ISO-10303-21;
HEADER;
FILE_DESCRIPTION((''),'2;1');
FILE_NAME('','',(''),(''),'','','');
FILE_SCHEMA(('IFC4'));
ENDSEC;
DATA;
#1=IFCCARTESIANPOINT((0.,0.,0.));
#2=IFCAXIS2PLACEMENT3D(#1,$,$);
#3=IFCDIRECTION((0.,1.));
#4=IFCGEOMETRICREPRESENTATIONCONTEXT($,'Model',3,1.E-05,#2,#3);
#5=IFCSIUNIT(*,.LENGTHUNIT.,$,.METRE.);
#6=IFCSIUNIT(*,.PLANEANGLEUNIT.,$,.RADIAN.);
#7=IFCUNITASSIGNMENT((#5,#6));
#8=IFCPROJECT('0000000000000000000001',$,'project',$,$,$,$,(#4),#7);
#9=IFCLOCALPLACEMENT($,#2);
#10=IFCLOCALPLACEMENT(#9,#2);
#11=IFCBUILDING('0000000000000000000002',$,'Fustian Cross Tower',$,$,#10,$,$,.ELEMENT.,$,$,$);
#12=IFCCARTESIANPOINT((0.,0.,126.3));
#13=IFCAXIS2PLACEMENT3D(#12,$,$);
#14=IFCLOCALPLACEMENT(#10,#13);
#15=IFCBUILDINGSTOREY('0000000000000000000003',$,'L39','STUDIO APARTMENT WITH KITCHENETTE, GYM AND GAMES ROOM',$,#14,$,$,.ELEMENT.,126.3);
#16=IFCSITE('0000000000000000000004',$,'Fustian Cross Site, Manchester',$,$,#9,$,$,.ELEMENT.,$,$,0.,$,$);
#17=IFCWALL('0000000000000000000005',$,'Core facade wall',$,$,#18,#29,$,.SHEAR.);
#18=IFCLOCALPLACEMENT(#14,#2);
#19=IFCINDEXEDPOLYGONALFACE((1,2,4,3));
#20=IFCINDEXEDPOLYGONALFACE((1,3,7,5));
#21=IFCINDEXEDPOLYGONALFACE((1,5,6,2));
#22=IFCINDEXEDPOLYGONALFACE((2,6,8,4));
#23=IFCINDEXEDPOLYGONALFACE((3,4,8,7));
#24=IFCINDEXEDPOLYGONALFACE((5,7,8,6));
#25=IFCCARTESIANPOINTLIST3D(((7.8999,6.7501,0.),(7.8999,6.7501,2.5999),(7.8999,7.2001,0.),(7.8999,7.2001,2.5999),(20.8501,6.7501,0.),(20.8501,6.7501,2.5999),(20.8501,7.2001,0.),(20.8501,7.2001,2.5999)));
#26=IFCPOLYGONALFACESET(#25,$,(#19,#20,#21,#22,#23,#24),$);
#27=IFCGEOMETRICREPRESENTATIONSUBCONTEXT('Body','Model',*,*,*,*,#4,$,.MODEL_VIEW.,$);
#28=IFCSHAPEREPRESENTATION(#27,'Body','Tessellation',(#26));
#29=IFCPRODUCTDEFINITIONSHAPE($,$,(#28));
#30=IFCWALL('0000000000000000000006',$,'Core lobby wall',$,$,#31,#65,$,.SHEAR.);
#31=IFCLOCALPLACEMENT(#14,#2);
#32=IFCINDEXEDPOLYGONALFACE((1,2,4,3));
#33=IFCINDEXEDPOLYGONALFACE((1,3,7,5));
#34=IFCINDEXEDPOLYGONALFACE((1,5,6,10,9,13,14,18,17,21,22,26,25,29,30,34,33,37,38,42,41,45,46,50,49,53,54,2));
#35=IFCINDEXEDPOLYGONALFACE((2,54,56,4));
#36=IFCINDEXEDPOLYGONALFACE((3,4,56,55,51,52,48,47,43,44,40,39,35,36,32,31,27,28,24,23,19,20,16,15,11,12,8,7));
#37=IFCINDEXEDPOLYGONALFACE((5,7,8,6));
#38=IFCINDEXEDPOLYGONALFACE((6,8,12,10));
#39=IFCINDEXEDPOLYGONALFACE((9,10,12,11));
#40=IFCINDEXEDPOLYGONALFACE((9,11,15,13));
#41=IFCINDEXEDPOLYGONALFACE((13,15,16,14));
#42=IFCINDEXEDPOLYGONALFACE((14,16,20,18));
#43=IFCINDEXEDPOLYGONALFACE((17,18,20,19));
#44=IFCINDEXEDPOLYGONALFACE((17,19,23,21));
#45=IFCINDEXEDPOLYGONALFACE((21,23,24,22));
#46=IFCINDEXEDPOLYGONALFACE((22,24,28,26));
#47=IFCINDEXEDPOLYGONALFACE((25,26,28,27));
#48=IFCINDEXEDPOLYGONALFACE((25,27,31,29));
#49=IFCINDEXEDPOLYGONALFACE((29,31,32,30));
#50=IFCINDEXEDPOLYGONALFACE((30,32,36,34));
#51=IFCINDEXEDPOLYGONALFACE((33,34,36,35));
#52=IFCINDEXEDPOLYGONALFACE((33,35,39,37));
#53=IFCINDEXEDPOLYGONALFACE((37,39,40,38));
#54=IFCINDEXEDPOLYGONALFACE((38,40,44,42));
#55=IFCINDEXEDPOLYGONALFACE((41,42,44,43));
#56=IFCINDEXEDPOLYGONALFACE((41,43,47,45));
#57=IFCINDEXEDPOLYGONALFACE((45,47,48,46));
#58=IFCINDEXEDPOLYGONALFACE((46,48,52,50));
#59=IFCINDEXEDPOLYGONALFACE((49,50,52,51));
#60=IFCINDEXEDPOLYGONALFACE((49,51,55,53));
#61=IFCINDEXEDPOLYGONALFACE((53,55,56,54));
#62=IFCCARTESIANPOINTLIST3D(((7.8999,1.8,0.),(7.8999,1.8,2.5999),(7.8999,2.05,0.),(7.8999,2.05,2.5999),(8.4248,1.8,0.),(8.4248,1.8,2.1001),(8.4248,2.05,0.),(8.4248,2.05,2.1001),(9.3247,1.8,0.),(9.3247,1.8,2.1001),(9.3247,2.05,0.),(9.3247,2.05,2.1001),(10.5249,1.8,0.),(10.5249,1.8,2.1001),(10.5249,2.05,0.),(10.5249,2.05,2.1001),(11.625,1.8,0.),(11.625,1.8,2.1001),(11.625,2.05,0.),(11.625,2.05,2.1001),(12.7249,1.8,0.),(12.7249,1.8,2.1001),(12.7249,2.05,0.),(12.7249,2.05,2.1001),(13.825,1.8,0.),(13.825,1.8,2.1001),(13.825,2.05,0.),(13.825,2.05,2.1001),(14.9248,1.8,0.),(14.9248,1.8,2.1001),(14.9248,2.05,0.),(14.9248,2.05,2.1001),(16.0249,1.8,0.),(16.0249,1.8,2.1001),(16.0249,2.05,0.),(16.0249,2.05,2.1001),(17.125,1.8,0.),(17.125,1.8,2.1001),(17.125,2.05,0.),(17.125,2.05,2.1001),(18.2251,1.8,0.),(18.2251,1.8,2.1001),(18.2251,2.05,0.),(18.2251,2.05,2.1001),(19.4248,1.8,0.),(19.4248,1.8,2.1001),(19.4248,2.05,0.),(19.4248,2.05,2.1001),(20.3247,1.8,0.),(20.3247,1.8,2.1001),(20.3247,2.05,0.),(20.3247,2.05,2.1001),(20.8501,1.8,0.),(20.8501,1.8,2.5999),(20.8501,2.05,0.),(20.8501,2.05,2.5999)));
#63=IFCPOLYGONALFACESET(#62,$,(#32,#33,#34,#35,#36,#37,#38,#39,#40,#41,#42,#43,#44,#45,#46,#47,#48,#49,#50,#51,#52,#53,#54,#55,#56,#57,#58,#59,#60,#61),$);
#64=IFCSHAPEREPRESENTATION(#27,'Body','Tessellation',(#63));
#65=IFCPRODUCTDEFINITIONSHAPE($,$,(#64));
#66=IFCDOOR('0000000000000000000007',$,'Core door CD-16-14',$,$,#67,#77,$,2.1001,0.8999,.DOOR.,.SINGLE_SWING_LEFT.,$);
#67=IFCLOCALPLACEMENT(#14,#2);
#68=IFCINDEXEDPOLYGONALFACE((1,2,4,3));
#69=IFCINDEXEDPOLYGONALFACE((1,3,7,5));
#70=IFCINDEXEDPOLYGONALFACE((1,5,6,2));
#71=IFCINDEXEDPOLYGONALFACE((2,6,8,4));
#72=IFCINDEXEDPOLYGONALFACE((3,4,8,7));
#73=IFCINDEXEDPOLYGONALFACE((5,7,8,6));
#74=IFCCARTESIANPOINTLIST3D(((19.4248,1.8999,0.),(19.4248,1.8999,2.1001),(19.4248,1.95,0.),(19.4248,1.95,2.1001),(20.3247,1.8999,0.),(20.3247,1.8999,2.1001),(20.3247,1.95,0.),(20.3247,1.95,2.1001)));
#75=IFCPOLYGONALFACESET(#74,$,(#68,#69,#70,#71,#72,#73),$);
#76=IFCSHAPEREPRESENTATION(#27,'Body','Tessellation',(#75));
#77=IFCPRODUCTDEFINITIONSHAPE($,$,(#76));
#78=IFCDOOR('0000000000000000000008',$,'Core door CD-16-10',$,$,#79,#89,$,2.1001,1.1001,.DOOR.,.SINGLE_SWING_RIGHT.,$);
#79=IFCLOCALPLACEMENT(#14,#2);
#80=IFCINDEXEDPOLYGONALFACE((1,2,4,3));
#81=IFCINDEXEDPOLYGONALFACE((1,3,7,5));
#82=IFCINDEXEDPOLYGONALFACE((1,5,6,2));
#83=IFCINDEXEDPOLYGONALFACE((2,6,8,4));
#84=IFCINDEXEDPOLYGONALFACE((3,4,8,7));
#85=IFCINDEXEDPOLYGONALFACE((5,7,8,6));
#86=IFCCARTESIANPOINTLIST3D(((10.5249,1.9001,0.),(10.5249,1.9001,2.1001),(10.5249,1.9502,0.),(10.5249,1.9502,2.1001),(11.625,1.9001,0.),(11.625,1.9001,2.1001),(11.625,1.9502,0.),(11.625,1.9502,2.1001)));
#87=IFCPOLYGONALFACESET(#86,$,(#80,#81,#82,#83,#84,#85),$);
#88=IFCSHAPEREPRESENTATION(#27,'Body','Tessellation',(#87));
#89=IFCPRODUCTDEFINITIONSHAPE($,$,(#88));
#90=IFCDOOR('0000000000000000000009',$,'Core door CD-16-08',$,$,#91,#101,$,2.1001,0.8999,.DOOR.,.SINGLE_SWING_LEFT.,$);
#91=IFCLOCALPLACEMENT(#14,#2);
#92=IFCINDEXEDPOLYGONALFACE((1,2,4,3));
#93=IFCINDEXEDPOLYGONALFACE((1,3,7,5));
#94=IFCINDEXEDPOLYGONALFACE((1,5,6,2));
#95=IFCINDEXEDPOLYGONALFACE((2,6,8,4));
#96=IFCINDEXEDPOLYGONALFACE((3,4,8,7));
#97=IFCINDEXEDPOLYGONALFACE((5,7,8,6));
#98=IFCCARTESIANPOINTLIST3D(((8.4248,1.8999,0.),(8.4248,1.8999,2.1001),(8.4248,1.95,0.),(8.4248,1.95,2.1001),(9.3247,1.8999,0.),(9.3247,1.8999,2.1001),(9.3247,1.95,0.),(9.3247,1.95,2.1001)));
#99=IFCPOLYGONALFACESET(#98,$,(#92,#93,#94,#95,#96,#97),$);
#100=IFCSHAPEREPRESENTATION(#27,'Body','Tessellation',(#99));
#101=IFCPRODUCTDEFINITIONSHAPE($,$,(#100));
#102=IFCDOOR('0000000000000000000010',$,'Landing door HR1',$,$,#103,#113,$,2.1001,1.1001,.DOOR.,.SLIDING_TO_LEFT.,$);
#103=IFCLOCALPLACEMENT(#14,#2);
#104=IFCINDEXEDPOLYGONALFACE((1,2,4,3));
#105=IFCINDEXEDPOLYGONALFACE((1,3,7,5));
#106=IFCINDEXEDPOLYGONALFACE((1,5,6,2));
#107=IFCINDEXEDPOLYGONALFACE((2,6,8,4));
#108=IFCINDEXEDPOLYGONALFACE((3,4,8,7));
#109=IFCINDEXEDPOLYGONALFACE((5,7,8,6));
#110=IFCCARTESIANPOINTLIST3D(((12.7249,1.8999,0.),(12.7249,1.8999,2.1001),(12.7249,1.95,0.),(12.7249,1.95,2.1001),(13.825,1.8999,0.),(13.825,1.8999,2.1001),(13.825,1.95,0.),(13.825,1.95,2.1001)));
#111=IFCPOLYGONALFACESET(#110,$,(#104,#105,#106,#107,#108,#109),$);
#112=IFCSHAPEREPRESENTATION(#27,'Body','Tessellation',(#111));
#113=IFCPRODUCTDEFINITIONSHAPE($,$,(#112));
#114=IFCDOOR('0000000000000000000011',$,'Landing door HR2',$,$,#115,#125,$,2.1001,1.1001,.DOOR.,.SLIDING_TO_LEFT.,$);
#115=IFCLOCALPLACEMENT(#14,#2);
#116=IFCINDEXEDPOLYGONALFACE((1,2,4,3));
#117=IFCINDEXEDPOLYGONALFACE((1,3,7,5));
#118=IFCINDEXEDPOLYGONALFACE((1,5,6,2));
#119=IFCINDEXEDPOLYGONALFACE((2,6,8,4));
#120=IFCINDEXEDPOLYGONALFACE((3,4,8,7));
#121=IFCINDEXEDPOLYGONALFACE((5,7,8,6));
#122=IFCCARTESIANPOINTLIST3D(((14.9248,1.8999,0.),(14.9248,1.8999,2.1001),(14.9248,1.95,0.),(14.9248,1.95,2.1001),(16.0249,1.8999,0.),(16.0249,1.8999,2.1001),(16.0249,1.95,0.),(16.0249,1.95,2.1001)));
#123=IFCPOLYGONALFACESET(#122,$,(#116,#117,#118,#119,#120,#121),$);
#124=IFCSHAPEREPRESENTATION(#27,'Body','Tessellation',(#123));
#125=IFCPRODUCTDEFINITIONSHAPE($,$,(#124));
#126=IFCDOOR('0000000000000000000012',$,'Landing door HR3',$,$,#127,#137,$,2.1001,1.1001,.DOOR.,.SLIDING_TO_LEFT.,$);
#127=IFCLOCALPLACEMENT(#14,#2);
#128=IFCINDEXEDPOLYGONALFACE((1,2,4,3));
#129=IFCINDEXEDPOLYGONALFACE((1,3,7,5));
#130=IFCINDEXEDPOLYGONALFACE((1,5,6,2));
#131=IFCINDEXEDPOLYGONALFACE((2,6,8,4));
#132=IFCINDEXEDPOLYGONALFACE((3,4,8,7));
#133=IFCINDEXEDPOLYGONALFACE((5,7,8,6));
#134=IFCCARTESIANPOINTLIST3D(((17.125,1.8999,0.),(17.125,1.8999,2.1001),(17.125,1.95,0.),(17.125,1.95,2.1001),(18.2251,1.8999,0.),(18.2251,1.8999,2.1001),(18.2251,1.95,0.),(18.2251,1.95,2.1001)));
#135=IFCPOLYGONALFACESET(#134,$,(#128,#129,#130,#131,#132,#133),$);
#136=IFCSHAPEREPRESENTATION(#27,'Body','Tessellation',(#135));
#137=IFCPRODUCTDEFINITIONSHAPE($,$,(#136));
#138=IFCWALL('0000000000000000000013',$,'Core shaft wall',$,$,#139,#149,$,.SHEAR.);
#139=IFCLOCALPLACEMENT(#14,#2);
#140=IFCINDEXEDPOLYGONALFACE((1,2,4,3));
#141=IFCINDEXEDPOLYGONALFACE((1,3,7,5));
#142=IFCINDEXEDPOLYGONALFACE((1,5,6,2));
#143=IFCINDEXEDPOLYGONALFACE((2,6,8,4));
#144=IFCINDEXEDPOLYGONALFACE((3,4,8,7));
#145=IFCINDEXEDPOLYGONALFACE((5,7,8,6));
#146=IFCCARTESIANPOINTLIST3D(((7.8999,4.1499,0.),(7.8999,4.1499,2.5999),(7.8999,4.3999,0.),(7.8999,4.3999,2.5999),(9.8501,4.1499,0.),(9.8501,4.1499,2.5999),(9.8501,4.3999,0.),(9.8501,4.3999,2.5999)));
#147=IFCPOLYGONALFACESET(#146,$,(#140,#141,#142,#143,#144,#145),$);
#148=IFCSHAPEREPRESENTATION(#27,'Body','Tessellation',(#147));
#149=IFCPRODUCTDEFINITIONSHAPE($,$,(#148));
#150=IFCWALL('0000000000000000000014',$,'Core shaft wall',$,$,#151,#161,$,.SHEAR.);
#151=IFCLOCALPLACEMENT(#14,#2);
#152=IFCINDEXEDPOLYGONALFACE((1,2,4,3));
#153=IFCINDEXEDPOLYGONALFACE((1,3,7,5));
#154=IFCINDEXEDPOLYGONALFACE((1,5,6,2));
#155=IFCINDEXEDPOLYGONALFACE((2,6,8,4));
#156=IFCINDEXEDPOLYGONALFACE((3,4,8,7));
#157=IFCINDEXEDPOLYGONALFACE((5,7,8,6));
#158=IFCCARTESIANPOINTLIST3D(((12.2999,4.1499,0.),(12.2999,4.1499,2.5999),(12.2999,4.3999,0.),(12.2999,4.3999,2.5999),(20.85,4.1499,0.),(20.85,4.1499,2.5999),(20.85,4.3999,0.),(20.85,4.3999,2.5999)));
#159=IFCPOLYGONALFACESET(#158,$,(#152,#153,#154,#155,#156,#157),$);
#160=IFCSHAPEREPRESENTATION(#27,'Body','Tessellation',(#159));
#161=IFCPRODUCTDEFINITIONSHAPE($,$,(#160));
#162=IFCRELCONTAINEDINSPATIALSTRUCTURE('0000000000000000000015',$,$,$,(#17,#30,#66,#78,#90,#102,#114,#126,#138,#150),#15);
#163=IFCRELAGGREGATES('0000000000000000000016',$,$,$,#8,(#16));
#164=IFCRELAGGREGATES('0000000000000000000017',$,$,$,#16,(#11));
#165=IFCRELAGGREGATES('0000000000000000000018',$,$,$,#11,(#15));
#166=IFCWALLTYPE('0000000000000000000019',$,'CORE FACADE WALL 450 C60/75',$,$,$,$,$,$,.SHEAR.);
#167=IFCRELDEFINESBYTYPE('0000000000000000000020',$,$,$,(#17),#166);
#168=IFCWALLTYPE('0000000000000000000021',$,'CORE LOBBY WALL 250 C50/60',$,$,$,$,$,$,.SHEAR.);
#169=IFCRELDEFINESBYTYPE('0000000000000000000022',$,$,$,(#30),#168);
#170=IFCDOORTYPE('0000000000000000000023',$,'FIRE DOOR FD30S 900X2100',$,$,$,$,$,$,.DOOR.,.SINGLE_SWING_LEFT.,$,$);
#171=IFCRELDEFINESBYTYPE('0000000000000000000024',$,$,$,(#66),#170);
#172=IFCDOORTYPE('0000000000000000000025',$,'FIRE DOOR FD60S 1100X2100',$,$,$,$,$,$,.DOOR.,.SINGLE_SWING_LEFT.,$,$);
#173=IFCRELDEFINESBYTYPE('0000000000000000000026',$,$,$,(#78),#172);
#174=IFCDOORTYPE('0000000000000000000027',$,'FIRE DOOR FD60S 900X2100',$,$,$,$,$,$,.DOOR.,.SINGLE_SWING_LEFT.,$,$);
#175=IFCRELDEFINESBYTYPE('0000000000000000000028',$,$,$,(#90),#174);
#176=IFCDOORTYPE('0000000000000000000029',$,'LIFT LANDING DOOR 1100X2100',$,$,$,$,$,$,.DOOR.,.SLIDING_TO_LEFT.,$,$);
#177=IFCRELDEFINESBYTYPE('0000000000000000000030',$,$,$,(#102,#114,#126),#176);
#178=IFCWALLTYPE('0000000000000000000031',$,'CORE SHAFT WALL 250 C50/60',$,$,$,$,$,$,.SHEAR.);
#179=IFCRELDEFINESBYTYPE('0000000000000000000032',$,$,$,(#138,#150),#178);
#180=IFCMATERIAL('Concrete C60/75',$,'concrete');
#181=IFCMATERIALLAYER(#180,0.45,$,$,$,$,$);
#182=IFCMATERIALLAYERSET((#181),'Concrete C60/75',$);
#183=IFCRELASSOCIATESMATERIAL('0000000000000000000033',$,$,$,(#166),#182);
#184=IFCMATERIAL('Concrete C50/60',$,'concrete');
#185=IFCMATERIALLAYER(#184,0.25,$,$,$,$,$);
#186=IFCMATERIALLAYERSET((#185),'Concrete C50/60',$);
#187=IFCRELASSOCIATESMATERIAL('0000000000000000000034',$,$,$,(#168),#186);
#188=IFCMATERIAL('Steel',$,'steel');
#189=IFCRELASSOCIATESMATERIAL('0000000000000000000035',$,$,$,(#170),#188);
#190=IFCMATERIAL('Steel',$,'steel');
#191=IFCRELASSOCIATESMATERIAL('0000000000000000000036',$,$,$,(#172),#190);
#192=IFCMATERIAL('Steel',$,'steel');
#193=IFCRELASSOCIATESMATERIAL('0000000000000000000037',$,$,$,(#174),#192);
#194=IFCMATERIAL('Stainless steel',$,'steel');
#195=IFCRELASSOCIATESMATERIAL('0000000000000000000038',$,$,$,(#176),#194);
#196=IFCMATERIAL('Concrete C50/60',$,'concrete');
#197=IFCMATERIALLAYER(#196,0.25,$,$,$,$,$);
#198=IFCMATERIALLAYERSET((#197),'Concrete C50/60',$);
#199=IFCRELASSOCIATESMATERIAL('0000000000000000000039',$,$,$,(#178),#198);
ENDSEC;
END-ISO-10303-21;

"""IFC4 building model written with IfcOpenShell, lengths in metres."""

from ifc_helpers import new_model, si_unit, direction, frame, frame_2d, origin, place, context, subcontext, project, spatial, rectangle, extrude, material, layer, layer_set, type_object, element, fill, save


model = new_model("IFC4")

# Units and contexts
model_context = context("Model", 3, precision=1e-05, world=origin(), true_north=direction((0.0, 1.0)))
body_context = subcontext(model_context, "Body", "Model", "MODEL_VIEW")
ifc_project = project(units=[si_unit("LENGTHUNIT", "METRE"), si_unit("PLANEANGLEUNIT", "RADIAN")], contexts=[model_context])

# Site, building, storey
site_placement = place(None, origin())
site = spatial("IfcSite", under=ifc_project, at=site_placement, Name="Fustian Cross Site, Manchester", CompositionType="ELEMENT", RefElevation=0.0)
building_placement = place(site_placement, origin())
building = spatial("IfcBuilding", under=site, at=building_placement, Name="Fustian Cross Tower", CompositionType="ELEMENT")
storey_placement = place(building_placement, frame((0.0, 0.0, 126.3)))
storey = spatial("IfcBuildingStorey", under=building, at=storey_placement, Name="L39", Description="STUDIO APARTMENT WITH KITCHENETTE, GYM AND GAMES ROOM", CompositionType="ELEMENT", Elevation=126.3)

# Wall
ifc_material_1 = material(Name="Concrete C60/75", Category="concrete")
ifc_layer_1 = layer(ifc_material_1, 0.45)
ifc_layer_set_1 = layer_set([ifc_layer_1], Name="Concrete C60/75")
wall_type_1 = type_object("IfcWallType", Name="CORE FACADE WALL 450 C60/75", PredefinedType="SHEAR", material=ifc_layer_set_1)
wall_1_placement = place(storey_placement, frame((7.8999, 6.9751, 0.0), z_axis=(0.0, 0.0, 1.0), x_axis=(1.0, 0.0, 0.0)))
element("IfcWall", 1, at=wall_1_placement, inside=storey, type_object=wall_type_1, Name="Core facade wall", PredefinedType="SHEAR", context=body_context, shape_type="SweptSolid", body=[
    extrude(rectangle(XDim=12.9502, YDim=0.45, at=frame_2d((6.4751, 0.0))), origin(), (0.0, 0.0, 1.0), 2.5999),
])

# Wall, openings, doors
ifc_material_2 = material(Name="Concrete C50/60", Category="concrete")
ifc_layer_2 = layer(ifc_material_2, 0.25)
ifc_layer_set_2 = layer_set([ifc_layer_2], Name="Concrete C50/60")
wall_type_2 = type_object("IfcWallType", Name="CORE LOBBY WALL 250 C50/60", PredefinedType="SHEAR", material=ifc_layer_set_2)
wall_2_placement = place(storey_placement, frame((7.8999, 1.925, 0.0), z_axis=(0.0, 0.0, 1.0), x_axis=(1.0, 0.0, 0.0)))
wall_2 = element("IfcWall", 2, at=wall_2_placement, inside=storey, type_object=wall_type_2, Name="Core lobby wall", PredefinedType="SHEAR", context=body_context, shape_type="SweptSolid", body=[
    extrude(rectangle(XDim=12.9502, YDim=0.25, at=frame_2d((6.4751, 0.0))), origin(), (0.0, 0.0, 1.0), 2.5999),
])
opening_1_placement = place(wall_2_placement, frame((4.825, 0.0, 0.0)))
opening_1 = element("IfcOpeningElement", 3, at=opening_1_placement, cuts=wall_2, PredefinedType="OPENING", context=body_context, shape_type="SweptSolid", body=[
    extrude(rectangle(XDim=1.1001, YDim=2.1001, at=frame_2d((0.55, 1.05))), frame((0.0, 0.135, 0.0), z_axis=(0.0, -1.0, 0.0), x_axis=(1.0, 0.0, 0.0)), (0.0, 0.0, 1.0), 0.27),
])
opening_2_placement = place(wall_2_placement, frame((7.0249, 0.0, 0.0)))
opening_2 = element("IfcOpeningElement", 4, at=opening_2_placement, cuts=wall_2, PredefinedType="OPENING", context=body_context, shape_type="SweptSolid", body=[
    extrude(rectangle(XDim=1.1001, YDim=2.1001, at=frame_2d((0.55, 1.05))), frame((0.0, 0.135, 0.0), z_axis=(0.0, -1.0, 0.0), x_axis=(1.0, 0.0, 0.0)), (0.0, 0.0, 1.0), 0.27),
])
opening_3_placement = place(wall_2_placement, frame((9.2251, 0.0, 0.0)))
opening_3 = element("IfcOpeningElement", 5, at=opening_3_placement, cuts=wall_2, PredefinedType="OPENING", context=body_context, shape_type="SweptSolid", body=[
    extrude(rectangle(XDim=1.1001, YDim=2.1001, at=frame_2d((0.55, 1.05))), frame((0.0, 0.135, 0.0), z_axis=(0.0, -1.0, 0.0), x_axis=(1.0, 0.0, 0.0)), (0.0, 0.0, 1.0), 0.27),
])
opening_4_placement = place(wall_2_placement, frame((0.5249, 0.0, 0.0)))
opening_4 = element("IfcOpeningElement", 6, at=opening_4_placement, cuts=wall_2, PredefinedType="OPENING", context=body_context, shape_type="SweptSolid", body=[
    extrude(rectangle(XDim=0.8999, YDim=2.1001, at=frame_2d((0.45, 1.05))), frame((0.0, 0.135, 0.0), z_axis=(0.0, -1.0, 0.0), x_axis=(1.0, 0.0, 0.0)), (0.0, 0.0, 1.0), 0.27),
])
opening_5_placement = place(wall_2_placement, frame((2.625, 0.0, 0.0)))
opening_5 = element("IfcOpeningElement", 7, at=opening_5_placement, cuts=wall_2, PredefinedType="OPENING", context=body_context, shape_type="SweptSolid", body=[
    extrude(rectangle(XDim=1.1001, YDim=2.1001, at=frame_2d((0.55, 1.05))), frame((0.0, 0.135, 0.0), z_axis=(0.0, -1.0, 0.0), x_axis=(1.0, 0.0, 0.0)), (0.0, 0.0, 1.0), 0.27),
])
opening_6_placement = place(wall_2_placement, frame((11.5249, 0.0, 0.0)))
opening_6 = element("IfcOpeningElement", 8, at=opening_6_placement, cuts=wall_2, PredefinedType="OPENING", context=body_context, shape_type="SweptSolid", body=[
    extrude(rectangle(XDim=0.8999, YDim=2.1001, at=frame_2d((0.45, 1.05))), frame((0.0, 0.135, 0.0), z_axis=(0.0, -1.0, 0.0), x_axis=(1.0, 0.0, 0.0)), (0.0, 0.0, 1.0), 0.27),
])
ifc_material_3 = material(Name="Steel", Category="steel")
door_type_1 = type_object("IfcDoorType", Name="FIRE DOOR FD30S 900X2100", OperationType="SINGLE_SWING_LEFT", PredefinedType="DOOR", material=ifc_material_3)
door_1_placement = place(opening_6_placement, origin())
door_1 = element("IfcDoor", 9, at=door_1_placement, inside=storey, type_object=door_type_1, Name="Core door CD-16-14", OperationType="SINGLE_SWING_LEFT", OverallHeight=2.1001, OverallWidth=0.8999, PredefinedType="DOOR", context=body_context, shape_type="SweptSolid", body=[
    extrude(rectangle(XDim=0.8999, YDim=2.1001, at=frame_2d((0.45, 1.05))), frame((0.0, 0.0249, 0.0), z_axis=(0.0, -1.0, 0.0), x_axis=(1.0, 0.0, 0.0)), (0.0, 0.0, 1.0), 0.05),
])
fill(opening_6, door_1)
ifc_material_4 = material(Name="Steel", Category="steel")
door_type_2 = type_object("IfcDoorType", Name="FIRE DOOR FD60S 1100X2100", OperationType="SINGLE_SWING_LEFT", PredefinedType="DOOR", material=ifc_material_4)
door_2_placement = place(opening_5_placement, frame((1.1001, 0.0, 0.0), z_axis=(0.0, 0.0, 1.0), x_axis=(-1.0, 0.0, 0.0)))
door_2 = element("IfcDoor", 10, at=door_2_placement, inside=storey, type_object=door_type_2, Name="Core door CD-16-10", OperationType="SINGLE_SWING_RIGHT", OverallHeight=2.1001, OverallWidth=1.1001, PredefinedType="DOOR", context=body_context, shape_type="SweptSolid", body=[
    extrude(rectangle(XDim=1.1001, YDim=2.1001, at=frame_2d((0.55, 1.05))), frame((0.0, 0.0249, 0.0), z_axis=(0.0, -1.0, 0.0), x_axis=(1.0, 0.0, 0.0)), (0.0, 0.0, 1.0), 0.05),
])
fill(opening_5, door_2)
ifc_material_5 = material(Name="Steel", Category="steel")
door_type_3 = type_object("IfcDoorType", Name="FIRE DOOR FD60S 900X2100", OperationType="SINGLE_SWING_LEFT", PredefinedType="DOOR", material=ifc_material_5)
door_3_placement = place(opening_4_placement, origin())
door_3 = element("IfcDoor", 11, at=door_3_placement, inside=storey, type_object=door_type_3, Name="Core door CD-16-08", OperationType="SINGLE_SWING_LEFT", OverallHeight=2.1001, OverallWidth=0.8999, PredefinedType="DOOR", context=body_context, shape_type="SweptSolid", body=[
    extrude(rectangle(XDim=0.8999, YDim=2.1001, at=frame_2d((0.45, 1.05))), frame((0.0, 0.0249, 0.0), z_axis=(0.0, -1.0, 0.0), x_axis=(1.0, 0.0, 0.0)), (0.0, 0.0, 1.0), 0.05),
])
fill(opening_4, door_3)
ifc_material_6 = material(Name="Stainless steel", Category="steel")
door_type_4 = type_object("IfcDoorType", Name="LIFT LANDING DOOR 1100X2100", OperationType="SLIDING_TO_LEFT", PredefinedType="DOOR", material=ifc_material_6)
door_4_placement = place(opening_1_placement, origin())
door_4 = element("IfcDoor", 12, at=door_4_placement, inside=storey, type_object=door_type_4, Name="Landing door HR1", OperationType="SLIDING_TO_LEFT", OverallHeight=2.1001, OverallWidth=1.1001, PredefinedType="DOOR", context=body_context, shape_type="SweptSolid", body=[
    extrude(rectangle(XDim=1.1001, YDim=2.1001, at=frame_2d((0.55, 1.05))), frame((0.0, 0.0249, 0.0), z_axis=(0.0, -1.0, 0.0), x_axis=(1.0, 0.0, 0.0)), (0.0, 0.0, 1.0), 0.05),
])
fill(opening_1, door_4)
door_5_placement = place(opening_2_placement, origin())
door_5 = element("IfcDoor", 13, at=door_5_placement, inside=storey, type_object=door_type_4, Name="Landing door HR2", OperationType="SLIDING_TO_LEFT", OverallHeight=2.1001, OverallWidth=1.1001, PredefinedType="DOOR", context=body_context, shape_type="SweptSolid", body=[
    extrude(rectangle(XDim=1.1001, YDim=2.1001, at=frame_2d((0.55, 1.05))), frame((0.0, 0.0249, 0.0), z_axis=(0.0, -1.0, 0.0), x_axis=(1.0, 0.0, 0.0)), (0.0, 0.0, 1.0), 0.05),
])
fill(opening_2, door_5)
door_6_placement = place(opening_3_placement, origin())
door_6 = element("IfcDoor", 14, at=door_6_placement, inside=storey, type_object=door_type_4, Name="Landing door HR3", OperationType="SLIDING_TO_LEFT", OverallHeight=2.1001, OverallWidth=1.1001, PredefinedType="DOOR", context=body_context, shape_type="SweptSolid", body=[
    extrude(rectangle(XDim=1.1001, YDim=2.1001, at=frame_2d((0.55, 1.05))), frame((0.0, 0.0249, 0.0), z_axis=(0.0, -1.0, 0.0), x_axis=(1.0, 0.0, 0.0)), (0.0, 0.0, 1.0), 0.05),
])
fill(opening_3, door_6)

# Walls
ifc_material_7 = material(Name="Concrete C50/60", Category="concrete")
ifc_layer_3 = layer(ifc_material_7, 0.25)
ifc_layer_set_3 = layer_set([ifc_layer_3], Name="Concrete C50/60")
wall_type_3 = type_object("IfcWallType", Name="CORE SHAFT WALL 250 C50/60", PredefinedType="SHEAR", material=ifc_layer_set_3)
wall_3_placement = place(storey_placement, frame((7.8999, 4.2749, 0.0), z_axis=(0.0, 0.0, 1.0), x_axis=(1.0, 0.0, 0.0)))
element("IfcWall", 15, at=wall_3_placement, inside=storey, type_object=wall_type_3, Name="Core shaft wall", PredefinedType="SHEAR", context=body_context, shape_type="SweptSolid", body=[
    extrude(rectangle(XDim=1.9502, YDim=0.25, at=frame_2d((0.9751, 0.0))), origin(), (0.0, 0.0, 1.0), 2.5999),
])
wall_4_placement = place(storey_placement, frame((12.3, 4.2749, 0.0), z_axis=(0.0, 0.0, 1.0), x_axis=(1.0, 0.0, 0.0)))
element("IfcWall", 16, at=wall_4_placement, inside=storey, type_object=wall_type_3, Name="Core shaft wall", PredefinedType="SHEAR", context=body_context, shape_type="SweptSolid", body=[
    extrude(rectangle(XDim=8.55, YDim=0.25, at=frame_2d((4.2749, 0.0))), origin(), (0.0, 0.0, 1.0), 2.5999),
])

save(model, "model.ifc")
